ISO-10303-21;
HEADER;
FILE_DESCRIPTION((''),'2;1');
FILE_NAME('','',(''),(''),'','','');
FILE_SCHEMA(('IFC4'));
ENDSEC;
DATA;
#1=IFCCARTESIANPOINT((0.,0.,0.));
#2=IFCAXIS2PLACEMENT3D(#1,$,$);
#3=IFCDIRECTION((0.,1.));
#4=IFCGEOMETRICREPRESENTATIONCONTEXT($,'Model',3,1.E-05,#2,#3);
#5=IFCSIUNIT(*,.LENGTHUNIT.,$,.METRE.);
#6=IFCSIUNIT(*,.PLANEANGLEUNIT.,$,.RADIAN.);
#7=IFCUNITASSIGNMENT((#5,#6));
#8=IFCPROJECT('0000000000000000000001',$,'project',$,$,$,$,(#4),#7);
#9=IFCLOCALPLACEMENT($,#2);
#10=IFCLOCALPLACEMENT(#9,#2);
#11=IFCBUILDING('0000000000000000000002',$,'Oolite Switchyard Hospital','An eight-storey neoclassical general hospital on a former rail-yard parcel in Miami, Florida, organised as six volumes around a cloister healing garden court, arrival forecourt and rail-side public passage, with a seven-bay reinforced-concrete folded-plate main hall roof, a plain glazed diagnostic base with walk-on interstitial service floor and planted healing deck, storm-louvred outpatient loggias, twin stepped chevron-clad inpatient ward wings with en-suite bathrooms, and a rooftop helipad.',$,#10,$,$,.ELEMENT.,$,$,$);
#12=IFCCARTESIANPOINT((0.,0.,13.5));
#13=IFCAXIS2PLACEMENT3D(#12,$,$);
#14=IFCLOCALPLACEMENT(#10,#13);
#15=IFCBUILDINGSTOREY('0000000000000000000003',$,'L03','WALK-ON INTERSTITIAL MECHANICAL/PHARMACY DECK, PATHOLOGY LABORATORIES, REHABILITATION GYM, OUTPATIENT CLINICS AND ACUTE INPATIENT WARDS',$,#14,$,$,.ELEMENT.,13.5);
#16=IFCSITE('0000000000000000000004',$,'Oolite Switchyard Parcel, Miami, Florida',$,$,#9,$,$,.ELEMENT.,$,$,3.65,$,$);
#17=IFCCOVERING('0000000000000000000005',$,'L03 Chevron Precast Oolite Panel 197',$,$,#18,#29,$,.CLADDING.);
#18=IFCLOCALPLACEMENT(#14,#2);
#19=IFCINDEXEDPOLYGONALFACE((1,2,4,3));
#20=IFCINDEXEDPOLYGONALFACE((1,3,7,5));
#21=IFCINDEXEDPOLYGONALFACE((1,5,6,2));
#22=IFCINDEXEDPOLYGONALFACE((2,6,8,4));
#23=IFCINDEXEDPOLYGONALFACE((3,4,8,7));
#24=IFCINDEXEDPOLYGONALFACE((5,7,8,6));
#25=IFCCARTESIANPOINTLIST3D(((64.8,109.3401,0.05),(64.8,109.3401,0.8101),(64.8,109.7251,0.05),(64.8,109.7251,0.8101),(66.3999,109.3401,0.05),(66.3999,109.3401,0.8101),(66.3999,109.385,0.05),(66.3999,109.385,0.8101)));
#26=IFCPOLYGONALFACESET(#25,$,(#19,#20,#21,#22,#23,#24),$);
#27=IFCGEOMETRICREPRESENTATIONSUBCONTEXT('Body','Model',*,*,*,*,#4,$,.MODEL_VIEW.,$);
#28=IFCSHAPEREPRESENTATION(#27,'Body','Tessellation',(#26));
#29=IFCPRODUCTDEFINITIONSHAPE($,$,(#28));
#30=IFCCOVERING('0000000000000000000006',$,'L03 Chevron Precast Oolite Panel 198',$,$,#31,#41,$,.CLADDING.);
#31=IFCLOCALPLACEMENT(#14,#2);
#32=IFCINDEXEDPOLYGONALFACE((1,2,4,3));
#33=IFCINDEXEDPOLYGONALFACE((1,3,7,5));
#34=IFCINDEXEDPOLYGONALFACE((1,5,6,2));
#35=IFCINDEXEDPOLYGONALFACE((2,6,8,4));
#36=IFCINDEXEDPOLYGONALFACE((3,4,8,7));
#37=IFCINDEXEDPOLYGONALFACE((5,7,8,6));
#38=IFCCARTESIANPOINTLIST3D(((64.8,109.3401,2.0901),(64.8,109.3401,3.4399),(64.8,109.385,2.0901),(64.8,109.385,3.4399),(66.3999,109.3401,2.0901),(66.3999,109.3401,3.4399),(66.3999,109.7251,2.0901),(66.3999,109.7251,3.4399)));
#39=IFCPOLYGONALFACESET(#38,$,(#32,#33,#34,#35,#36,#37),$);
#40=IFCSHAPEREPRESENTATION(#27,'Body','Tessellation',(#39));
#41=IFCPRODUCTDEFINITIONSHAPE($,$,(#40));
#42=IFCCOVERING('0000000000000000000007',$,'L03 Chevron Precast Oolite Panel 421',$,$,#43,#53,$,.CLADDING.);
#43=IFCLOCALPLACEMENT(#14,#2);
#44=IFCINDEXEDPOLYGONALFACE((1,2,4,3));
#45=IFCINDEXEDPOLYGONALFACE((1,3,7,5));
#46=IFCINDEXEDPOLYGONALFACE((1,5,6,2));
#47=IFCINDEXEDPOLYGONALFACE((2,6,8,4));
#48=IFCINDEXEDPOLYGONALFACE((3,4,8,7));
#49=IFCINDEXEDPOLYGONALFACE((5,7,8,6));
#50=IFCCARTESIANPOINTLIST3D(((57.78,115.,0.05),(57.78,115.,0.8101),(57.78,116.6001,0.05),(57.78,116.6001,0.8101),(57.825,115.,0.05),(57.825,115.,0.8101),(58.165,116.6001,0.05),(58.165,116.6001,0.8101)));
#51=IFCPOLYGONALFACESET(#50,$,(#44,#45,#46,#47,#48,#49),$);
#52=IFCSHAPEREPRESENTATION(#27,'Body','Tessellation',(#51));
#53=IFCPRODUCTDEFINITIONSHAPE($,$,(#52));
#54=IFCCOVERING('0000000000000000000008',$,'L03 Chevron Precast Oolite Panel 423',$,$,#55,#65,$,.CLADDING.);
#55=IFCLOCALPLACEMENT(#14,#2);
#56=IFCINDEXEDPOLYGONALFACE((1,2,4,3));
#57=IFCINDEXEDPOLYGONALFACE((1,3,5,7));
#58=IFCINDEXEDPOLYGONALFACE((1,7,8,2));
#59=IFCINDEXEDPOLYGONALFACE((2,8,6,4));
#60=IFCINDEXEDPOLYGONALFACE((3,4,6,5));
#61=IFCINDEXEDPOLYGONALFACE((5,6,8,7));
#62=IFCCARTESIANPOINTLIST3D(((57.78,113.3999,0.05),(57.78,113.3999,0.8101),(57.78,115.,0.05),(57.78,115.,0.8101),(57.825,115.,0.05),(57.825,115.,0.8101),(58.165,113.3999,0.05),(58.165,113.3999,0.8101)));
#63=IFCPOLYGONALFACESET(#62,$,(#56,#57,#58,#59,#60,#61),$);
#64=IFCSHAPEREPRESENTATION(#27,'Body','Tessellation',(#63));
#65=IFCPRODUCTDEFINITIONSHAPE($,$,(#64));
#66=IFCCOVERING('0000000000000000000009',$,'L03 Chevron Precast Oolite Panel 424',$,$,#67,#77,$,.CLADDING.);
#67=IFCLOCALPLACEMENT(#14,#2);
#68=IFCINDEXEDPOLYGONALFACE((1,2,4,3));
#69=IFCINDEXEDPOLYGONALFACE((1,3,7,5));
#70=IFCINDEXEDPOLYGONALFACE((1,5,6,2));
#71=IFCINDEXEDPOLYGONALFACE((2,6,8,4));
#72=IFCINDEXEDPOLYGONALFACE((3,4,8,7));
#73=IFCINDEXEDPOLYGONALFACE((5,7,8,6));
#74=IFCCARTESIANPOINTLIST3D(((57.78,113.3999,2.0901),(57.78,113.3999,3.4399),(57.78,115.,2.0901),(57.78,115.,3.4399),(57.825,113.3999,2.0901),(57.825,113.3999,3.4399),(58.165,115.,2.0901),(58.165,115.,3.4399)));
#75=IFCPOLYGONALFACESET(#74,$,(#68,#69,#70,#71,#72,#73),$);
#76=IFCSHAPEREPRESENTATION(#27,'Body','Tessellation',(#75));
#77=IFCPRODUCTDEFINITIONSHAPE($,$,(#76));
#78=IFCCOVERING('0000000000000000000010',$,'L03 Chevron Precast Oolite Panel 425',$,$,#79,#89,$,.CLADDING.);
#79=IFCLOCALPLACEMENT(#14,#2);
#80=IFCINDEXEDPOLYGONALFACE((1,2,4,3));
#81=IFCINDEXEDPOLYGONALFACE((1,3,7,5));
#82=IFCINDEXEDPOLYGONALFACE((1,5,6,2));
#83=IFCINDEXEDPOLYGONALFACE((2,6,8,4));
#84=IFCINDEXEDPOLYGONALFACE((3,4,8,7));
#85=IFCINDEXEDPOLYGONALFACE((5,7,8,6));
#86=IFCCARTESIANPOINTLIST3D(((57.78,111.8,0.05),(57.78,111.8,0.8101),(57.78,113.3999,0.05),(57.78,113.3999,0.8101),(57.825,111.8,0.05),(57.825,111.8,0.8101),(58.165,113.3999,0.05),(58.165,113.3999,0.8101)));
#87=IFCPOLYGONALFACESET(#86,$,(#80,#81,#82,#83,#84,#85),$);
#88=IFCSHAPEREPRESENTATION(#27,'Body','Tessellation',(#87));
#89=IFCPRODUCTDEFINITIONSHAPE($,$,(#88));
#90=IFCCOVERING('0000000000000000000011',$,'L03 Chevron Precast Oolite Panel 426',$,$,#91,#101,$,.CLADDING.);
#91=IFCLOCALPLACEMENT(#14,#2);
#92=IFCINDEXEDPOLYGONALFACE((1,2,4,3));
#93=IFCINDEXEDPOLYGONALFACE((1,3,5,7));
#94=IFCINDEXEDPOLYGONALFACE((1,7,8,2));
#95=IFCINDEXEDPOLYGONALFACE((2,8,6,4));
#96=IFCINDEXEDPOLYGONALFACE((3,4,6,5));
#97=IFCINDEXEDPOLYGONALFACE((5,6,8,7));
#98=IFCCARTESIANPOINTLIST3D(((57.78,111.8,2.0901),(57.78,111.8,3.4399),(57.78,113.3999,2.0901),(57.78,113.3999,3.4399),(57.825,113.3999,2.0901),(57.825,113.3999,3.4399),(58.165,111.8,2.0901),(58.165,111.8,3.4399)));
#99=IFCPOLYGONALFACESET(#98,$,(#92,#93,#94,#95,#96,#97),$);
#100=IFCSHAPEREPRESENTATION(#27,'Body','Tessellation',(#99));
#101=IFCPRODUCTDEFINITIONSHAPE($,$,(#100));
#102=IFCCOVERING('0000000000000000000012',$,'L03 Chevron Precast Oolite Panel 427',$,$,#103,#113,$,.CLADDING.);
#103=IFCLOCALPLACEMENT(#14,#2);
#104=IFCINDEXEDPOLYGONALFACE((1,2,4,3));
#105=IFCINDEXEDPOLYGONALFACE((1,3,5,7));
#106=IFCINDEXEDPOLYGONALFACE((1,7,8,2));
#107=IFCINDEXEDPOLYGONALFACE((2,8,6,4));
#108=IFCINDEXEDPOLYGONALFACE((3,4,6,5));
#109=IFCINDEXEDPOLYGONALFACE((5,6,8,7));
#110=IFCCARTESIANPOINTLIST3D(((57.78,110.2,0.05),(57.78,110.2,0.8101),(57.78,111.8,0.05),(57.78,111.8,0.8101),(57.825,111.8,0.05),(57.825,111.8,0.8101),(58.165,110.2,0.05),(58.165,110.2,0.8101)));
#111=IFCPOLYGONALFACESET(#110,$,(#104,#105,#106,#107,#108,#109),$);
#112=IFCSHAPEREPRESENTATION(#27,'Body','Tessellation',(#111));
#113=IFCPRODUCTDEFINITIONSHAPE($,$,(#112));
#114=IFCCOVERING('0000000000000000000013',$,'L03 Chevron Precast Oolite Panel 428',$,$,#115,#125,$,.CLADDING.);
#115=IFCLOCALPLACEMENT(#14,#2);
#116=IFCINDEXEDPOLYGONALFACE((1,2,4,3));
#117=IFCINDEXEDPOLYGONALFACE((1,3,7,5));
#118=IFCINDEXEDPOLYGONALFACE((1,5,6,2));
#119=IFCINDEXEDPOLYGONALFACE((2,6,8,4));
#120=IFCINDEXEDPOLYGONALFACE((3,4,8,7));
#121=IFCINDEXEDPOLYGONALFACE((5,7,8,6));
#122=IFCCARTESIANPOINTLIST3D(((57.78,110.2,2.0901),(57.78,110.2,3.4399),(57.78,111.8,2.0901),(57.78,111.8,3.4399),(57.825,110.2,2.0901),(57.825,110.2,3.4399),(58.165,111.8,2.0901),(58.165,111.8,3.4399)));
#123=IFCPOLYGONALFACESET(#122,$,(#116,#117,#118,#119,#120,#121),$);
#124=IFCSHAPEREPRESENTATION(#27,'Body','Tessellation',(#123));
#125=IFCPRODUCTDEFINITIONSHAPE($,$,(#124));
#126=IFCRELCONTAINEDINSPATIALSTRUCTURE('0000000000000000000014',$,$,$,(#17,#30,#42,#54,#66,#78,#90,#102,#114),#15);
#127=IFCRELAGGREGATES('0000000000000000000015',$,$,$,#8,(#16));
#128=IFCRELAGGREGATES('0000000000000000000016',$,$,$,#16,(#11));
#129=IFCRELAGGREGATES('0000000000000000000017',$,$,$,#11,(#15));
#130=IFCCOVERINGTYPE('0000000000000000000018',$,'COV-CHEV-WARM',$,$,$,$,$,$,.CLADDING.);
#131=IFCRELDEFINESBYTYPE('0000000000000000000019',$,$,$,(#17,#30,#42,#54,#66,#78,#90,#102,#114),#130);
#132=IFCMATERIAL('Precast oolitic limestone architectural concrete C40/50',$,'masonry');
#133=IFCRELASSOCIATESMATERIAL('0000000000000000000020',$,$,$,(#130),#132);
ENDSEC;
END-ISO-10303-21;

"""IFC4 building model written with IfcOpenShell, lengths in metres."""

from ifc_helpers import new_model, si_unit, direction, frame, origin, place, context, subcontext, project, spatial, polyline, outline, extrude, material, type_object, element, save


model = new_model("IFC4")

# Units and contexts
model_context = context("Model", 3, precision=1e-05, world=origin(), true_north=direction((0.0, 1.0)))
body_context = subcontext(model_context, "Body", "Model", "MODEL_VIEW")
ifc_project = project(units=[si_unit("LENGTHUNIT", "METRE"), si_unit("PLANEANGLEUNIT", "RADIAN")], contexts=[model_context])

# Site, building, storey
site_placement = place(None, origin())
site = spatial("IfcSite", under=ifc_project, at=site_placement, Name="Oolite Switchyard Parcel, Miami, Florida", CompositionType="ELEMENT", RefElevation=3.65)
building_placement = place(site_placement, origin())
building = spatial("IfcBuilding", under=site, at=building_placement, Name="Oolite Switchyard Hospital", Description="An eight-storey neoclassical general hospital on a former rail-yard parcel in Miami, Florida, organised as six volumes around a cloister healing garden court, arrival forecourt and rail-side public passage, with a seven-bay reinforced-concrete folded-plate main hall roof, a plain glazed diagnostic base with walk-on interstitial service floor and planted healing deck, storm-louvred outpatient loggias, twin stepped chevron-clad inpatient ward wings with en-suite bathrooms, and a rooftop helipad.", CompositionType="ELEMENT")
storey_placement = place(building_placement, frame((0.0, 0.0, 13.5)))
storey = spatial("IfcBuildingStorey", under=building, at=storey_placement, Name="L03", Description="WALK-ON INTERSTITIAL MECHANICAL/PHARMACY DECK, PATHOLOGY LABORATORIES, REHABILITATION GYM, OUTPATIENT CLINICS AND ACUTE INPATIENT WARDS", CompositionType="ELEMENT", Elevation=13.5)

# Shared definitions
ifc_material_1 = material(Name="Precast oolitic limestone architectural concrete C40/50", Category="masonry")

# Coverings
covering_type = type_object("IfcCoveringType", Name="COV-CHEV-WARM", PredefinedType="CLADDING", material=ifc_material_1)
covering_1_placement = place(storey_placement, frame((64.8, 109.3401, 0.05), z_axis=(0.0, 0.0, 1.0), x_axis=(1.0, 0.0, 0.0)))
element("IfcCovering", 1, at=covering_1_placement, inside=storey, type_object=covering_type, Name="L03 Chevron Precast Oolite Panel 197", PredefinedType="CLADDING", context=body_context, shape_type="SweptSolid", body=[
    extrude(outline(polyline([(0.0, 0.0), (1.5999, 0.0), (1.5999, 0.0449), (0.0, 0.385), (0.0, 0.0)])), origin(), (0.0, 0.0, 1.0), 0.76),
])
covering_2_placement = place(storey_placement, frame((64.8, 109.3401, 2.0901), z_axis=(0.0, 0.0, 1.0), x_axis=(1.0, 0.0, 0.0)))
element("IfcCovering", 2, at=covering_2_placement, inside=storey, type_object=covering_type, Name="L03 Chevron Precast Oolite Panel 198", PredefinedType="CLADDING", context=body_context, shape_type="SweptSolid", body=[
    extrude(outline(polyline([(0.0, 0.0), (1.5999, 0.0), (1.5999, 0.385), (0.0, 0.0449), (0.0, 0.0)])), origin(), (0.0, 0.0, 1.0), 1.3499),
])
covering_3_placement = place(storey_placement, frame((57.78, 116.6001, 0.05), z_axis=(0.0, 0.0, 1.0), x_axis=(0.0, -1.0, 0.0)))
element("IfcCovering", 3, at=covering_3_placement, inside=storey, type_object=covering_type, Name="L03 Chevron Precast Oolite Panel 421", PredefinedType="CLADDING", context=body_context, shape_type="SweptSolid", body=[
    extrude(outline(polyline([(0.0, 0.0), (1.6001, 0.0), (1.6001, 0.0449), (0.0, 0.385), (0.0, 0.0)])), origin(), (0.0, 0.0, 1.0), 0.76),
])
covering_4_placement = place(storey_placement, frame((57.78, 115.0, 0.05), z_axis=(0.0, 0.0, 1.0), x_axis=(0.0, -1.0, 0.0)))
element("IfcCovering", 4, at=covering_4_placement, inside=storey, type_object=covering_type, Name="L03 Chevron Precast Oolite Panel 423", PredefinedType="CLADDING", context=body_context, shape_type="SweptSolid", body=[
    extrude(outline(polyline([(0.0, 0.0), (1.6001, 0.0), (1.6001, 0.385), (0.0, 0.0449), (0.0, 0.0)])), origin(), (0.0, 0.0, 1.0), 0.76),
])
covering_5_placement = place(storey_placement, frame((57.78, 115.0, 2.0901), z_axis=(0.0, 0.0, 1.0), x_axis=(0.0, -1.0, 0.0)))
element("IfcCovering", 5, at=covering_5_placement, inside=storey, type_object=covering_type, Name="L03 Chevron Precast Oolite Panel 424", PredefinedType="CLADDING", context=body_context, shape_type="SweptSolid", body=[
    extrude(outline(polyline([(0.0, 0.0), (1.6001, 0.0), (1.6001, 0.0449), (0.0, 0.385), (0.0, 0.0)])), origin(), (0.0, 0.0, 1.0), 1.3499),
])
covering_6_placement = place(storey_placement, frame((57.78, 113.3999, 0.05), z_axis=(0.0, 0.0, 1.0), x_axis=(0.0, -1.0, 0.0)))
element("IfcCovering", 6, at=covering_6_placement, inside=storey, type_object=covering_type, Name="L03 Chevron Precast Oolite Panel 425", PredefinedType="CLADDING", context=body_context, shape_type="SweptSolid", body=[
    extrude(outline(polyline([(0.0, 0.0), (1.5999, 0.0), (1.5999, 0.0449), (0.0, 0.385), (0.0, 0.0)])), origin(), (0.0, 0.0, 1.0), 0.76),
])
covering_7_placement = place(storey_placement, frame((57.78, 113.3999, 2.0901), z_axis=(0.0, 0.0, 1.0), x_axis=(0.0, -1.0, 0.0)))
element("IfcCovering", 7, at=covering_7_placement, inside=storey, type_object=covering_type, Name="L03 Chevron Precast Oolite Panel 426", PredefinedType="CLADDING", context=body_context, shape_type="SweptSolid", body=[
    extrude(outline(polyline([(0.0, 0.0), (1.5999, 0.0), (1.5999, 0.385), (0.0, 0.0449), (0.0, 0.0)])), origin(), (0.0, 0.0, 1.0), 1.3499),
])
covering_8_placement = place(storey_placement, frame((57.78, 111.8, 0.05), z_axis=(0.0, 0.0, 1.0), x_axis=(0.0, -1.0, 0.0)))
element("IfcCovering", 8, at=covering_8_placement, inside=storey, type_object=covering_type, Name="L03 Chevron Precast Oolite Panel 427", PredefinedType="CLADDING", context=body_context, shape_type="SweptSolid", body=[
    extrude(outline(polyline([(0.0, 0.0), (1.6001, 0.0), (1.6001, 0.385), (0.0, 0.0449), (0.0, 0.0)])), origin(), (0.0, 0.0, 1.0), 0.76),
])
covering_9_placement = place(storey_placement, frame((57.78, 111.8, 2.0901), z_axis=(0.0, 0.0, 1.0), x_axis=(0.0, -1.0, 0.0)))
element("IfcCovering", 9, at=covering_9_placement, inside=storey, type_object=covering_type, Name="L03 Chevron Precast Oolite Panel 428", PredefinedType="CLADDING", context=body_context, shape_type="SweptSolid", body=[
    extrude(outline(polyline([(0.0, 0.0), (1.6001, 0.0), (1.6001, 0.0449), (0.0, 0.385), (0.0, 0.0)])), origin(), (0.0, 0.0, 1.0), 1.3499),
])

save(model, "model.ifc")
